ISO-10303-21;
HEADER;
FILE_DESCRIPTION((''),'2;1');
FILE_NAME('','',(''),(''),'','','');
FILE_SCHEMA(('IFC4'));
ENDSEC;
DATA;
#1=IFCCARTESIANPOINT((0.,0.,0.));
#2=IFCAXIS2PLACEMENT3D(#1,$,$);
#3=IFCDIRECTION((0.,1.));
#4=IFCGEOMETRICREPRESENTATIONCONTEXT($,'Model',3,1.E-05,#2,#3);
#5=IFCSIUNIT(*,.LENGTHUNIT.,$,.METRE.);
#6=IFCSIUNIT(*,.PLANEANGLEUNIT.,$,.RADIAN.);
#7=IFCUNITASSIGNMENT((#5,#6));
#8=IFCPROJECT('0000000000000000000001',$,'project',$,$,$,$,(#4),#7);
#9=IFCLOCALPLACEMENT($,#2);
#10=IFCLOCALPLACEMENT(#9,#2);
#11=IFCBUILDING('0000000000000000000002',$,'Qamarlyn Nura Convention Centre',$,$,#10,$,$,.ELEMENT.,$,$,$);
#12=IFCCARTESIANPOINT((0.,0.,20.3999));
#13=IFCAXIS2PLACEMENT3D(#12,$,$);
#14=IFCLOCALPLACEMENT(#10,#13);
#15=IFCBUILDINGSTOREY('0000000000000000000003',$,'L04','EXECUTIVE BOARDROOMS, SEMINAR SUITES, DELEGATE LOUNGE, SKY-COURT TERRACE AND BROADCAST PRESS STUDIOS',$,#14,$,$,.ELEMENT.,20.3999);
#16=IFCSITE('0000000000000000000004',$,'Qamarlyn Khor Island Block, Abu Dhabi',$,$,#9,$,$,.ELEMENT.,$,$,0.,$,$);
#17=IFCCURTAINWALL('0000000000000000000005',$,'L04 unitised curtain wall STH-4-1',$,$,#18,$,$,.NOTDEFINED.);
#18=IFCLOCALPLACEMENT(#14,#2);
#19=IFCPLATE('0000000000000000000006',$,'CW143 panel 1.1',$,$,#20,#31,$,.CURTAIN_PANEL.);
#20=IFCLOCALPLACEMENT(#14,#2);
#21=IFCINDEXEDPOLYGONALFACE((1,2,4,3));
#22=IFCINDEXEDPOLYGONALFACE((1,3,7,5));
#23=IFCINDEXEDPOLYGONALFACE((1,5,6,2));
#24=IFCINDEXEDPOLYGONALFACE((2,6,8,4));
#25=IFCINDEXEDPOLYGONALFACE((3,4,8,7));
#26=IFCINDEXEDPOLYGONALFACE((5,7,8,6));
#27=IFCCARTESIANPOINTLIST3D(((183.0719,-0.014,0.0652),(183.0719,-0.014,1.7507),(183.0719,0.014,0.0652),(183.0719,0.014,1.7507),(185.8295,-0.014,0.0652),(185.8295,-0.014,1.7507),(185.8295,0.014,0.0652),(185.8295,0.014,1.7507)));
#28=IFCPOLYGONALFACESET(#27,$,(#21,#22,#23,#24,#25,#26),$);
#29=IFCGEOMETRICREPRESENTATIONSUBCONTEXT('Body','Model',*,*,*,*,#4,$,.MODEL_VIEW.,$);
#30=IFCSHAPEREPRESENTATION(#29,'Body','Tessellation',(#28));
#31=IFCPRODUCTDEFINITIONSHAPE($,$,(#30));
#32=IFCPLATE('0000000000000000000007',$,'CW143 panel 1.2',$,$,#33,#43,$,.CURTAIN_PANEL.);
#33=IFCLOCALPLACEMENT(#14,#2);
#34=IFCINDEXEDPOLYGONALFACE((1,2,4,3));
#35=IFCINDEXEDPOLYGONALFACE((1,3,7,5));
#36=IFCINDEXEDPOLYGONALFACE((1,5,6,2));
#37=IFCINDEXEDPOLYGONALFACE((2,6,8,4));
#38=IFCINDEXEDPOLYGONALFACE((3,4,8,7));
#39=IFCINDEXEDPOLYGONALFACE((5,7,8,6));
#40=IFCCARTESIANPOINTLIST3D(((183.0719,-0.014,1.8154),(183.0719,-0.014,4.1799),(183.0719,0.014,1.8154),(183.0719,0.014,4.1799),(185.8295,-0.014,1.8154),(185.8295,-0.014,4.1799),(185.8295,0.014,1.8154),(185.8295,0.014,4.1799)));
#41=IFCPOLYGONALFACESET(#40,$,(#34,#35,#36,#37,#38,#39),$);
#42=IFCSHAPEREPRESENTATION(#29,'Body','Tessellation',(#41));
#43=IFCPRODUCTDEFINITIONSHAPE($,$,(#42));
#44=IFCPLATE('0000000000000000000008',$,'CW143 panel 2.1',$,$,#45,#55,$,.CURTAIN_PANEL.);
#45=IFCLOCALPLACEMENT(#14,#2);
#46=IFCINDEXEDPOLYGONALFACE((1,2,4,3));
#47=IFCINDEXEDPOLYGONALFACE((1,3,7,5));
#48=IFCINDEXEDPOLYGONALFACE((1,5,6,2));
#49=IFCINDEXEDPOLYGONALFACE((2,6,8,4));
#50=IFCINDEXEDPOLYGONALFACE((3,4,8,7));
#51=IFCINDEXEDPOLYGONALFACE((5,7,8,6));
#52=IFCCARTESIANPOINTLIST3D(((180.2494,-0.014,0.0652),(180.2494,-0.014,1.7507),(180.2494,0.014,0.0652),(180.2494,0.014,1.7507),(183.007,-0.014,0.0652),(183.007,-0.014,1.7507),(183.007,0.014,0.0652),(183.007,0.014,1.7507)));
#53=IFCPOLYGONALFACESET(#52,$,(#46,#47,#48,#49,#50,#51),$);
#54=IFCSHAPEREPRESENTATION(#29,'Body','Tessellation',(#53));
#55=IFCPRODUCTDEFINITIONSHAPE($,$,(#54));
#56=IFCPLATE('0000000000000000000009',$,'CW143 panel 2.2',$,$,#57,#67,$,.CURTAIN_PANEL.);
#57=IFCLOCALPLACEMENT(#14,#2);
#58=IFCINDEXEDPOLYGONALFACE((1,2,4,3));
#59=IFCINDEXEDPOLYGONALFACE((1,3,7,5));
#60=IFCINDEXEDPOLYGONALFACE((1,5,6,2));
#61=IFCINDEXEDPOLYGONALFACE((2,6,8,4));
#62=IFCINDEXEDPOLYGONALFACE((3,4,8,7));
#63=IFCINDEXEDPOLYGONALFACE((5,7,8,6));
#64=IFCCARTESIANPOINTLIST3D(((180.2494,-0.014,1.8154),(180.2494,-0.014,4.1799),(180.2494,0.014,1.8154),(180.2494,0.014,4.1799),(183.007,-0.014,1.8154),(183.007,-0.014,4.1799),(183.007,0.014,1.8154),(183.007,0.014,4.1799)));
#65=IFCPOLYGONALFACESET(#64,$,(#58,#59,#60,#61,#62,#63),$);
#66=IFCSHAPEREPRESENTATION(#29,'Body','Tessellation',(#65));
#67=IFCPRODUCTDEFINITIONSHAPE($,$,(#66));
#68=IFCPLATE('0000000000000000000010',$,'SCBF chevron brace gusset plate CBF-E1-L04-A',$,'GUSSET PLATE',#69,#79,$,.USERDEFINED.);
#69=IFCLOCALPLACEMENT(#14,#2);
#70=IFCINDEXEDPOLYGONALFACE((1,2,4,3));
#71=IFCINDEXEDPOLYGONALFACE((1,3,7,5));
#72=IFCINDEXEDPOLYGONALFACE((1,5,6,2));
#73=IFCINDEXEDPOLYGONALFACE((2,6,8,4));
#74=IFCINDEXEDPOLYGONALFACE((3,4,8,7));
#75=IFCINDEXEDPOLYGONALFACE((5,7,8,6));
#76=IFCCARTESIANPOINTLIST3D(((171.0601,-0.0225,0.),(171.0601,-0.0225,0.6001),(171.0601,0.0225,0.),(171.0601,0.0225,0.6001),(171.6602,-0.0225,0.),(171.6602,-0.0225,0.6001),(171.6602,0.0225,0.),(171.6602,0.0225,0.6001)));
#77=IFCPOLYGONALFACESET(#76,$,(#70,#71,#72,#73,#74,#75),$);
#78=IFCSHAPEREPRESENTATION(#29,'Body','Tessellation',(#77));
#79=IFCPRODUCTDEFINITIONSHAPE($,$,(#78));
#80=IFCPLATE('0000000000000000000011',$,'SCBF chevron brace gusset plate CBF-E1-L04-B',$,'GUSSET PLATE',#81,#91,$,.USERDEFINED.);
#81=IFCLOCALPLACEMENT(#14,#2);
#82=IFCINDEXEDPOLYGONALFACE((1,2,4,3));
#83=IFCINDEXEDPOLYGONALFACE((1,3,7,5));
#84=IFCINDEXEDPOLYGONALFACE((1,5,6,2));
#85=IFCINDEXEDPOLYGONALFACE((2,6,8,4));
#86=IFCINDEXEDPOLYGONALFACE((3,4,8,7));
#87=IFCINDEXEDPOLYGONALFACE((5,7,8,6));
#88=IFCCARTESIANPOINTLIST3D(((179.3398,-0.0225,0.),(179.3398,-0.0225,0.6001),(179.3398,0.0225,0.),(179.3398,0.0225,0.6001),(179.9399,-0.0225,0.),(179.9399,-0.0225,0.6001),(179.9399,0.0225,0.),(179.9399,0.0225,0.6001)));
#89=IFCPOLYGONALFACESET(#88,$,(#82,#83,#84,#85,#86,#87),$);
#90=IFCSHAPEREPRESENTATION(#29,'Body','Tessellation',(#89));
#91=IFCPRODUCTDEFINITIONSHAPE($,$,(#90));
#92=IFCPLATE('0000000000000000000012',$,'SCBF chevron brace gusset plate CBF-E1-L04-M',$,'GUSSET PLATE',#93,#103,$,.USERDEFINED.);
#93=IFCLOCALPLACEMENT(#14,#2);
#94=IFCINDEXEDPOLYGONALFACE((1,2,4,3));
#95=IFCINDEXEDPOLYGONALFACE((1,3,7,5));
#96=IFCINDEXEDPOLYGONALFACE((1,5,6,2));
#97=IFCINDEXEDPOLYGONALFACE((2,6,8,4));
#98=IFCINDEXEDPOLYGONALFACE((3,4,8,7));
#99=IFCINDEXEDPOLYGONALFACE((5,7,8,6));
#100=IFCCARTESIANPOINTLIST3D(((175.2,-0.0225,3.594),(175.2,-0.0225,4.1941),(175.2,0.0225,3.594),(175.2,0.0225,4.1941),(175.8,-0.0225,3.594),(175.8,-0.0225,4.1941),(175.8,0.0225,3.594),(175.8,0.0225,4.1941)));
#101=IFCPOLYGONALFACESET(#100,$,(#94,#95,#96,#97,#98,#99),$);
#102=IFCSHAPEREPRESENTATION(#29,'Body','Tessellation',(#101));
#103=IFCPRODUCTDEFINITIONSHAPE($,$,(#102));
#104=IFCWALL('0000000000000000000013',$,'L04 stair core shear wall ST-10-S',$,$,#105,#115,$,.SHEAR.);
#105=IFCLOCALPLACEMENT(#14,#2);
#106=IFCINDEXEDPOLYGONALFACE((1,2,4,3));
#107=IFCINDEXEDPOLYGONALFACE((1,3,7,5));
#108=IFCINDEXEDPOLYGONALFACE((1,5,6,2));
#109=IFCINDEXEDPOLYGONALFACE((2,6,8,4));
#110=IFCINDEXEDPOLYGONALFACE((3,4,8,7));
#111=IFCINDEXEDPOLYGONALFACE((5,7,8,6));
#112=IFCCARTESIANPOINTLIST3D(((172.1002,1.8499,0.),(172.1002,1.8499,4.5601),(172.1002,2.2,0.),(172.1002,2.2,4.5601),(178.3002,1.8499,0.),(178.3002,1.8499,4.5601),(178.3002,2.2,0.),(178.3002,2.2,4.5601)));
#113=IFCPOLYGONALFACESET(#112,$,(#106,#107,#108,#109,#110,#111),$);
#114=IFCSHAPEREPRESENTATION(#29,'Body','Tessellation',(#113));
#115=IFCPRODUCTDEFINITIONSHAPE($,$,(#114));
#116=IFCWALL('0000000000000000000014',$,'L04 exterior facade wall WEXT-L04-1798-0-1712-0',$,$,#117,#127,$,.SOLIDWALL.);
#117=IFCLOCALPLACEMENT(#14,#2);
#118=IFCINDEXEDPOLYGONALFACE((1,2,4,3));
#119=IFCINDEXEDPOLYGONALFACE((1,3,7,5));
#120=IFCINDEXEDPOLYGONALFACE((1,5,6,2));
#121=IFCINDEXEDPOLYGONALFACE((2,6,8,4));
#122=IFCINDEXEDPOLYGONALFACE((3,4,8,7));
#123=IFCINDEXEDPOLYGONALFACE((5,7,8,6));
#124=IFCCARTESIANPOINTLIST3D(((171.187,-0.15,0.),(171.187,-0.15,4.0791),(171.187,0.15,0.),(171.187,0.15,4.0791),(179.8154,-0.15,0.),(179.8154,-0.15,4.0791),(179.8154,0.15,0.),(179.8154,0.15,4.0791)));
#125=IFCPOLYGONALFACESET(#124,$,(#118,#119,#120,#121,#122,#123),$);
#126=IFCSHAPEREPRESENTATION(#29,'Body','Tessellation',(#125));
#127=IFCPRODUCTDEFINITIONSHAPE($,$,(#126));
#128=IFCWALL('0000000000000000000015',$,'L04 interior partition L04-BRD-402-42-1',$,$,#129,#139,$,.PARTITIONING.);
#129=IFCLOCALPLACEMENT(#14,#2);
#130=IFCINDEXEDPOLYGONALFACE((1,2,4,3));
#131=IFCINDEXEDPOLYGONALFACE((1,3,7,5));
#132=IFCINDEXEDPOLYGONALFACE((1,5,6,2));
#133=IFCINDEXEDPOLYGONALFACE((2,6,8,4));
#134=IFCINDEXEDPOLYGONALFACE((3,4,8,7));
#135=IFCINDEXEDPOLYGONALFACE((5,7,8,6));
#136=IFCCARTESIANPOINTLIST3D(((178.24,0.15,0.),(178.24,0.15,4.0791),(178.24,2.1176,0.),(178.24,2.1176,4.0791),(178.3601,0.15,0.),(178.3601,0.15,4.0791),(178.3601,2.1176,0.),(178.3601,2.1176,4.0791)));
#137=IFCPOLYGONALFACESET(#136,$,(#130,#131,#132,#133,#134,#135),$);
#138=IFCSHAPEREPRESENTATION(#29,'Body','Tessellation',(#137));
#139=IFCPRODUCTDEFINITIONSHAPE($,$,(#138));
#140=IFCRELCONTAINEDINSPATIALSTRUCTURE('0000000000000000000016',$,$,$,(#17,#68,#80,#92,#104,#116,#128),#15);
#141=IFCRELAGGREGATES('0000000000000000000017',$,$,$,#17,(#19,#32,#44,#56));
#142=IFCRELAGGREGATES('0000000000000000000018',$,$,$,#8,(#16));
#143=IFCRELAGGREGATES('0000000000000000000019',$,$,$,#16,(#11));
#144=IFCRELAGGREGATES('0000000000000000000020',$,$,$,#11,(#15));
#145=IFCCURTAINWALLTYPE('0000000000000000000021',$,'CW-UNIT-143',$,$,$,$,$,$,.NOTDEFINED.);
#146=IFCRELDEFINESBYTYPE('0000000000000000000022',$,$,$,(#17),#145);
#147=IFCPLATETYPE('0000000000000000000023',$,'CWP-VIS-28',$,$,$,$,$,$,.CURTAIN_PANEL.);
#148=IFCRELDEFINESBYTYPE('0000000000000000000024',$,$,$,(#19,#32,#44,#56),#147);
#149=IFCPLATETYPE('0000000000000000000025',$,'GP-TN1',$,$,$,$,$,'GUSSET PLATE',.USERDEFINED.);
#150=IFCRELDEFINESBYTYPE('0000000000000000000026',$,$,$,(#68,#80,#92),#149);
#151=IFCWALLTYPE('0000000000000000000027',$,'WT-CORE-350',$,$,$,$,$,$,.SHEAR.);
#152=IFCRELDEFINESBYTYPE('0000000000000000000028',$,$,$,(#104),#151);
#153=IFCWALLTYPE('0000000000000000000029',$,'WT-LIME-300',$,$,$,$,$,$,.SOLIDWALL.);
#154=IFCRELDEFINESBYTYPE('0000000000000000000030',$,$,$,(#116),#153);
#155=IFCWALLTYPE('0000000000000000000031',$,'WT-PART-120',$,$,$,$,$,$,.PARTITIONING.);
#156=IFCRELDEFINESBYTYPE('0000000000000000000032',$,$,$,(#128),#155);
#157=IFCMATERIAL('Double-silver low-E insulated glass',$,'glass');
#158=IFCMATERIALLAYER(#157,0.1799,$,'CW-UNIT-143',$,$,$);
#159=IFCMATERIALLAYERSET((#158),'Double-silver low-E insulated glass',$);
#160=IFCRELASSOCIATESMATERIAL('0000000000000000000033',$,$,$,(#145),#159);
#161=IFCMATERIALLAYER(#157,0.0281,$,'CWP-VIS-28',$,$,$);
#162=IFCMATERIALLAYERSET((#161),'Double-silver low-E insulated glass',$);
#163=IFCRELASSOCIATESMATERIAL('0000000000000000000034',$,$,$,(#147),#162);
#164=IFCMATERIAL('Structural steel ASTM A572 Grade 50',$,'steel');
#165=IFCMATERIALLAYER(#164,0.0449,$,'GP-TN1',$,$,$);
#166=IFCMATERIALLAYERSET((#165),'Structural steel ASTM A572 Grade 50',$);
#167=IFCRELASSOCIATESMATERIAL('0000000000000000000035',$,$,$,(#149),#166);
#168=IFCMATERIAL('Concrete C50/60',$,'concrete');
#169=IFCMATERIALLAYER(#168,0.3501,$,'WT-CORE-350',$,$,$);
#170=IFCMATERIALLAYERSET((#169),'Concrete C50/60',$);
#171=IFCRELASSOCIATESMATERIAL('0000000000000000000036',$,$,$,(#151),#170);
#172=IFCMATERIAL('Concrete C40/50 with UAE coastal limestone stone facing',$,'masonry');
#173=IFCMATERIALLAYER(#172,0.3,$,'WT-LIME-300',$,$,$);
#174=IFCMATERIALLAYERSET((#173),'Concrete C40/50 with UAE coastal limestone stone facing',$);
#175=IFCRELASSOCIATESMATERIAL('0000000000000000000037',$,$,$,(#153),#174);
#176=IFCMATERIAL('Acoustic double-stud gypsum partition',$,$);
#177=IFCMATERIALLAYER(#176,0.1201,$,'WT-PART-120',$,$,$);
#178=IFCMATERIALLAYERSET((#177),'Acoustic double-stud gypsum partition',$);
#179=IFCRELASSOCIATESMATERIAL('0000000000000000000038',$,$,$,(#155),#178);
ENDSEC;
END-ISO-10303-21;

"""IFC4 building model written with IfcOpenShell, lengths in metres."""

from ifc_helpers import new_model, si_unit, direction, frame, frame_2d, origin, origin_2d, place, context, subcontext, project, spatial, rectangle, extrude, material, layer, layer_set, type_object, element, aggregate, save


model = new_model("IFC4")

# Units and contexts
model_context = context("Model", 3, precision=1e-05, world=origin(), true_north=direction((0.0, 1.0)))
body_context = subcontext(model_context, "Body", "Model", "MODEL_VIEW")
ifc_project = project(units=[si_unit("LENGTHUNIT", "METRE"), si_unit("PLANEANGLEUNIT", "RADIAN")], contexts=[model_context])

# Site, building, storey
site_placement = place(None, origin())
site = spatial("IfcSite", under=ifc_project, at=site_placement, Name="Qamarlyn Khor Island Block, Abu Dhabi", CompositionType="ELEMENT", RefElevation=0.0)
building_placement = place(site_placement, origin())
building = spatial("IfcBuilding", under=site, at=building_placement, Name="Qamarlyn Nura Convention Centre", CompositionType="ELEMENT")
storey_placement = place(building_placement, frame((0.0, 0.0, 20.3999)))
storey = spatial("IfcBuildingStorey", under=building, at=storey_placement, Name="L04", Description="EXECUTIVE BOARDROOMS, SEMINAR SUITES, DELEGATE LOUNGE, SKY-COURT TERRACE AND BROADCAST PRESS STUDIOS", CompositionType="ELEMENT", Elevation=20.3999)

# Curtain wall, plates
ifc_material_1 = material(Name="Double-silver low-E insulated glass", Category="glass")
ifc_layer_1 = layer(ifc_material_1, 0.1799, Name="CW-UNIT-143")
ifc_layer_set_1 = layer_set([ifc_layer_1], Name="Double-silver low-E insulated glass")
curtain_wall_type = type_object("IfcCurtainWallType", Name="CW-UNIT-143", PredefinedType="NOTDEFINED", material=ifc_layer_set_1)
curtain_wall_placement = place(storey_placement, origin())
curtain_wall = element("IfcCurtainWall", 1, at=curtain_wall_placement, inside=storey, type_object=curtain_wall_type, Name="L04 unitised curtain wall STH-4-1", PredefinedType="NOTDEFINED")
ifc_layer_2 = layer(ifc_material_1, 0.0281, Name="CWP-VIS-28")
ifc_layer_set_2 = layer_set([ifc_layer_2], Name="Double-silver low-E insulated glass")
plate_type_1 = type_object("IfcPlateType", Name="CWP-VIS-28", PredefinedType="CURTAIN_PANEL", material=ifc_layer_set_2)
plate_1_placement = place(storey_placement, frame((184.4507, 0.0, 0.0652), z_axis=(0.0, 0.0, 1.0), x_axis=(-1.0, 0.0, 0.0)))
plate_1 = element("IfcPlate", 2, at=plate_1_placement, type_object=plate_type_1, Name="CW143 panel 1.1", PredefinedType="CURTAIN_PANEL", context=body_context, shape_type="SweptSolid", body=[
    extrude(rectangle(XDim=2.7576, YDim=0.0281, at=origin_2d()), origin(), (0.0, 0.0, 1.0), 1.6855),
])
plate_2_placement = place(storey_placement, frame((184.4507, 0.0, 1.8154), z_axis=(0.0, 0.0, 1.0), x_axis=(-1.0, 0.0, 0.0)))
plate_2 = element("IfcPlate", 3, at=plate_2_placement, type_object=plate_type_1, Name="CW143 panel 1.2", PredefinedType="CURTAIN_PANEL", context=body_context, shape_type="SweptSolid", body=[
    extrude(rectangle(XDim=2.7576, YDim=0.0281, at=origin_2d()), origin(), (0.0, 0.0, 1.0), 2.3645),
])
plate_3_placement = place(storey_placement, frame((181.6282, 0.0, 0.0652), z_axis=(0.0, 0.0, 1.0), x_axis=(-1.0, 0.0, 0.0)))
plate_3 = element("IfcPlate", 4, at=plate_3_placement, type_object=plate_type_1, Name="CW143 panel 2.1", PredefinedType="CURTAIN_PANEL", context=body_context, shape_type="SweptSolid", body=[
    extrude(rectangle(XDim=2.7576, YDim=0.0281, at=origin_2d()), origin(), (0.0, 0.0, 1.0), 1.6855),
])
plate_4_placement = place(storey_placement, frame((181.6282, 0.0, 1.8154), z_axis=(0.0, 0.0, 1.0), x_axis=(-1.0, 0.0, 0.0)))
plate_4 = element("IfcPlate", 5, at=plate_4_placement, type_object=plate_type_1, Name="CW143 panel 2.2", PredefinedType="CURTAIN_PANEL", context=body_context, shape_type="SweptSolid", body=[
    extrude(rectangle(XDim=2.7576, YDim=0.0281, at=origin_2d()), origin(), (0.0, 0.0, 1.0), 2.3645),
])
aggregate(curtain_wall, [plate_1, plate_2, plate_3, plate_4])

# Plates
ifc_material_2 = material(Name="Structural steel ASTM A572 Grade 50", Category="steel")
ifc_layer_3 = layer(ifc_material_2, 0.0449, Name="GP-TN1")
ifc_layer_set_3 = layer_set([ifc_layer_3], Name="Structural steel ASTM A572 Grade 50")
plate_type_2 = type_object("IfcPlateType", Name="GP-TN1", ElementType="GUSSET PLATE", PredefinedType="USERDEFINED", material=ifc_layer_set_3)
for number, where, z_axis, x_axis, name in (
    (6, (171.3601, 0.0, 0.0), (0.0, 0.0, 1.0), (1.0, 0.0, 0.0), "SCBF chevron brace gusset plate CBF-E1-L04-A"),
    (7, (179.6399, 0.0, 0.0), (0.0, 0.0, 1.0), (1.0, 0.0, 0.0), "SCBF chevron brace gusset plate CBF-E1-L04-B"),
    (8, (175.5, 0.0, 3.594), (0.0, 0.0, 1.0), (1.0, 0.0, 0.0), "SCBF chevron brace gusset plate CBF-E1-L04-M"),
):
    element("IfcPlate", number, at=place(storey_placement, frame(where, z_axis=z_axis, x_axis=x_axis)), inside=storey, type_object=plate_type_2, Name=name, ObjectType="GUSSET PLATE", PredefinedType="USERDEFINED", context=body_context, shape_type="SweptSolid", body=[
        extrude(rectangle(XDim=0.6001, YDim=0.0449, at=origin_2d()), origin(), (0.0, 0.0, 1.0), 0.6001),
    ])

# Walls
ifc_material_3 = material(Name="Concrete C50/60", Category="concrete")
ifc_layer_4 = layer(ifc_material_3, 0.3501, Name="WT-CORE-350")
ifc_layer_set_4 = layer_set([ifc_layer_4], Name="Concrete C50/60")
wall_type_1 = type_object("IfcWallType", Name="WT-CORE-350", PredefinedType="SHEAR", material=ifc_layer_set_4)
wall_1_placement = place(storey_placement, frame((172.1001, 2.0249, 0.0), z_axis=(0.0, 0.0, 1.0), x_axis=(1.0, 0.0, 0.0)))
element("IfcWall", 9, at=wall_1_placement, inside=storey, type_object=wall_type_1, Name="L04 stair core shear wall ST-10-S", PredefinedType="SHEAR", context=body_context, shape_type="SweptSolid", body=[
    extrude(rectangle(XDim=6.2, YDim=0.3501, at=frame_2d((3.1001, 0.0))), origin(), (0.0, 0.0, 1.0), 4.5601),
])
ifc_material_4 = material(Name="Concrete C40/50 with UAE coastal limestone stone facing", Category="masonry")
ifc_layer_5 = layer(ifc_material_4, 0.3, Name="WT-LIME-300")
ifc_layer_set_5 = layer_set([ifc_layer_5], Name="Concrete C40/50 with UAE coastal limestone stone facing")
wall_type_2 = type_object("IfcWallType", Name="WT-LIME-300", PredefinedType="SOLIDWALL", material=ifc_layer_set_5)
wall_2_placement = place(storey_placement, frame((179.8154, 0.0, 0.0), z_axis=(0.0, 0.0, 1.0), x_axis=(-1.0, 0.0, 0.0)))
element("IfcWall", 10, at=wall_2_placement, inside=storey, type_object=wall_type_2, Name="L04 exterior facade wall WEXT-L04-1798-0-1712-0", PredefinedType="SOLIDWALL", context=body_context, shape_type="SweptSolid", body=[
    extrude(rectangle(XDim=8.6284, YDim=0.3, at=frame_2d((4.3142, 0.0))), origin(), (0.0, 0.0, 1.0), 4.0791),
])
ifc_material_5 = material(Name="Acoustic double-stud gypsum partition")
ifc_layer_6 = layer(ifc_material_5, 0.1201, Name="WT-PART-120")
ifc_layer_set_6 = layer_set([ifc_layer_6], Name="Acoustic double-stud gypsum partition")
wall_type_3 = type_object("IfcWallType", Name="WT-PART-120", PredefinedType="PARTITIONING", material=ifc_layer_set_6)
wall_3_placement = place(storey_placement, frame((178.3, 0.1499, 0.0), z_axis=(0.0, 0.0, 1.0), x_axis=(0.0, 1.0, 0.0)))
element("IfcWall", 11, at=wall_3_placement, inside=storey, type_object=wall_type_3, Name="L04 interior partition L04-BRD-402-42-1", PredefinedType="PARTITIONING", context=body_context, shape_type="SweptSolid", body=[
    extrude(rectangle(XDim=1.9675, YDim=0.1201, at=frame_2d((0.9839, 0.0))), origin(), (0.0, 0.0, 1.0), 4.0791),
])

save(model, "model.ifc")
